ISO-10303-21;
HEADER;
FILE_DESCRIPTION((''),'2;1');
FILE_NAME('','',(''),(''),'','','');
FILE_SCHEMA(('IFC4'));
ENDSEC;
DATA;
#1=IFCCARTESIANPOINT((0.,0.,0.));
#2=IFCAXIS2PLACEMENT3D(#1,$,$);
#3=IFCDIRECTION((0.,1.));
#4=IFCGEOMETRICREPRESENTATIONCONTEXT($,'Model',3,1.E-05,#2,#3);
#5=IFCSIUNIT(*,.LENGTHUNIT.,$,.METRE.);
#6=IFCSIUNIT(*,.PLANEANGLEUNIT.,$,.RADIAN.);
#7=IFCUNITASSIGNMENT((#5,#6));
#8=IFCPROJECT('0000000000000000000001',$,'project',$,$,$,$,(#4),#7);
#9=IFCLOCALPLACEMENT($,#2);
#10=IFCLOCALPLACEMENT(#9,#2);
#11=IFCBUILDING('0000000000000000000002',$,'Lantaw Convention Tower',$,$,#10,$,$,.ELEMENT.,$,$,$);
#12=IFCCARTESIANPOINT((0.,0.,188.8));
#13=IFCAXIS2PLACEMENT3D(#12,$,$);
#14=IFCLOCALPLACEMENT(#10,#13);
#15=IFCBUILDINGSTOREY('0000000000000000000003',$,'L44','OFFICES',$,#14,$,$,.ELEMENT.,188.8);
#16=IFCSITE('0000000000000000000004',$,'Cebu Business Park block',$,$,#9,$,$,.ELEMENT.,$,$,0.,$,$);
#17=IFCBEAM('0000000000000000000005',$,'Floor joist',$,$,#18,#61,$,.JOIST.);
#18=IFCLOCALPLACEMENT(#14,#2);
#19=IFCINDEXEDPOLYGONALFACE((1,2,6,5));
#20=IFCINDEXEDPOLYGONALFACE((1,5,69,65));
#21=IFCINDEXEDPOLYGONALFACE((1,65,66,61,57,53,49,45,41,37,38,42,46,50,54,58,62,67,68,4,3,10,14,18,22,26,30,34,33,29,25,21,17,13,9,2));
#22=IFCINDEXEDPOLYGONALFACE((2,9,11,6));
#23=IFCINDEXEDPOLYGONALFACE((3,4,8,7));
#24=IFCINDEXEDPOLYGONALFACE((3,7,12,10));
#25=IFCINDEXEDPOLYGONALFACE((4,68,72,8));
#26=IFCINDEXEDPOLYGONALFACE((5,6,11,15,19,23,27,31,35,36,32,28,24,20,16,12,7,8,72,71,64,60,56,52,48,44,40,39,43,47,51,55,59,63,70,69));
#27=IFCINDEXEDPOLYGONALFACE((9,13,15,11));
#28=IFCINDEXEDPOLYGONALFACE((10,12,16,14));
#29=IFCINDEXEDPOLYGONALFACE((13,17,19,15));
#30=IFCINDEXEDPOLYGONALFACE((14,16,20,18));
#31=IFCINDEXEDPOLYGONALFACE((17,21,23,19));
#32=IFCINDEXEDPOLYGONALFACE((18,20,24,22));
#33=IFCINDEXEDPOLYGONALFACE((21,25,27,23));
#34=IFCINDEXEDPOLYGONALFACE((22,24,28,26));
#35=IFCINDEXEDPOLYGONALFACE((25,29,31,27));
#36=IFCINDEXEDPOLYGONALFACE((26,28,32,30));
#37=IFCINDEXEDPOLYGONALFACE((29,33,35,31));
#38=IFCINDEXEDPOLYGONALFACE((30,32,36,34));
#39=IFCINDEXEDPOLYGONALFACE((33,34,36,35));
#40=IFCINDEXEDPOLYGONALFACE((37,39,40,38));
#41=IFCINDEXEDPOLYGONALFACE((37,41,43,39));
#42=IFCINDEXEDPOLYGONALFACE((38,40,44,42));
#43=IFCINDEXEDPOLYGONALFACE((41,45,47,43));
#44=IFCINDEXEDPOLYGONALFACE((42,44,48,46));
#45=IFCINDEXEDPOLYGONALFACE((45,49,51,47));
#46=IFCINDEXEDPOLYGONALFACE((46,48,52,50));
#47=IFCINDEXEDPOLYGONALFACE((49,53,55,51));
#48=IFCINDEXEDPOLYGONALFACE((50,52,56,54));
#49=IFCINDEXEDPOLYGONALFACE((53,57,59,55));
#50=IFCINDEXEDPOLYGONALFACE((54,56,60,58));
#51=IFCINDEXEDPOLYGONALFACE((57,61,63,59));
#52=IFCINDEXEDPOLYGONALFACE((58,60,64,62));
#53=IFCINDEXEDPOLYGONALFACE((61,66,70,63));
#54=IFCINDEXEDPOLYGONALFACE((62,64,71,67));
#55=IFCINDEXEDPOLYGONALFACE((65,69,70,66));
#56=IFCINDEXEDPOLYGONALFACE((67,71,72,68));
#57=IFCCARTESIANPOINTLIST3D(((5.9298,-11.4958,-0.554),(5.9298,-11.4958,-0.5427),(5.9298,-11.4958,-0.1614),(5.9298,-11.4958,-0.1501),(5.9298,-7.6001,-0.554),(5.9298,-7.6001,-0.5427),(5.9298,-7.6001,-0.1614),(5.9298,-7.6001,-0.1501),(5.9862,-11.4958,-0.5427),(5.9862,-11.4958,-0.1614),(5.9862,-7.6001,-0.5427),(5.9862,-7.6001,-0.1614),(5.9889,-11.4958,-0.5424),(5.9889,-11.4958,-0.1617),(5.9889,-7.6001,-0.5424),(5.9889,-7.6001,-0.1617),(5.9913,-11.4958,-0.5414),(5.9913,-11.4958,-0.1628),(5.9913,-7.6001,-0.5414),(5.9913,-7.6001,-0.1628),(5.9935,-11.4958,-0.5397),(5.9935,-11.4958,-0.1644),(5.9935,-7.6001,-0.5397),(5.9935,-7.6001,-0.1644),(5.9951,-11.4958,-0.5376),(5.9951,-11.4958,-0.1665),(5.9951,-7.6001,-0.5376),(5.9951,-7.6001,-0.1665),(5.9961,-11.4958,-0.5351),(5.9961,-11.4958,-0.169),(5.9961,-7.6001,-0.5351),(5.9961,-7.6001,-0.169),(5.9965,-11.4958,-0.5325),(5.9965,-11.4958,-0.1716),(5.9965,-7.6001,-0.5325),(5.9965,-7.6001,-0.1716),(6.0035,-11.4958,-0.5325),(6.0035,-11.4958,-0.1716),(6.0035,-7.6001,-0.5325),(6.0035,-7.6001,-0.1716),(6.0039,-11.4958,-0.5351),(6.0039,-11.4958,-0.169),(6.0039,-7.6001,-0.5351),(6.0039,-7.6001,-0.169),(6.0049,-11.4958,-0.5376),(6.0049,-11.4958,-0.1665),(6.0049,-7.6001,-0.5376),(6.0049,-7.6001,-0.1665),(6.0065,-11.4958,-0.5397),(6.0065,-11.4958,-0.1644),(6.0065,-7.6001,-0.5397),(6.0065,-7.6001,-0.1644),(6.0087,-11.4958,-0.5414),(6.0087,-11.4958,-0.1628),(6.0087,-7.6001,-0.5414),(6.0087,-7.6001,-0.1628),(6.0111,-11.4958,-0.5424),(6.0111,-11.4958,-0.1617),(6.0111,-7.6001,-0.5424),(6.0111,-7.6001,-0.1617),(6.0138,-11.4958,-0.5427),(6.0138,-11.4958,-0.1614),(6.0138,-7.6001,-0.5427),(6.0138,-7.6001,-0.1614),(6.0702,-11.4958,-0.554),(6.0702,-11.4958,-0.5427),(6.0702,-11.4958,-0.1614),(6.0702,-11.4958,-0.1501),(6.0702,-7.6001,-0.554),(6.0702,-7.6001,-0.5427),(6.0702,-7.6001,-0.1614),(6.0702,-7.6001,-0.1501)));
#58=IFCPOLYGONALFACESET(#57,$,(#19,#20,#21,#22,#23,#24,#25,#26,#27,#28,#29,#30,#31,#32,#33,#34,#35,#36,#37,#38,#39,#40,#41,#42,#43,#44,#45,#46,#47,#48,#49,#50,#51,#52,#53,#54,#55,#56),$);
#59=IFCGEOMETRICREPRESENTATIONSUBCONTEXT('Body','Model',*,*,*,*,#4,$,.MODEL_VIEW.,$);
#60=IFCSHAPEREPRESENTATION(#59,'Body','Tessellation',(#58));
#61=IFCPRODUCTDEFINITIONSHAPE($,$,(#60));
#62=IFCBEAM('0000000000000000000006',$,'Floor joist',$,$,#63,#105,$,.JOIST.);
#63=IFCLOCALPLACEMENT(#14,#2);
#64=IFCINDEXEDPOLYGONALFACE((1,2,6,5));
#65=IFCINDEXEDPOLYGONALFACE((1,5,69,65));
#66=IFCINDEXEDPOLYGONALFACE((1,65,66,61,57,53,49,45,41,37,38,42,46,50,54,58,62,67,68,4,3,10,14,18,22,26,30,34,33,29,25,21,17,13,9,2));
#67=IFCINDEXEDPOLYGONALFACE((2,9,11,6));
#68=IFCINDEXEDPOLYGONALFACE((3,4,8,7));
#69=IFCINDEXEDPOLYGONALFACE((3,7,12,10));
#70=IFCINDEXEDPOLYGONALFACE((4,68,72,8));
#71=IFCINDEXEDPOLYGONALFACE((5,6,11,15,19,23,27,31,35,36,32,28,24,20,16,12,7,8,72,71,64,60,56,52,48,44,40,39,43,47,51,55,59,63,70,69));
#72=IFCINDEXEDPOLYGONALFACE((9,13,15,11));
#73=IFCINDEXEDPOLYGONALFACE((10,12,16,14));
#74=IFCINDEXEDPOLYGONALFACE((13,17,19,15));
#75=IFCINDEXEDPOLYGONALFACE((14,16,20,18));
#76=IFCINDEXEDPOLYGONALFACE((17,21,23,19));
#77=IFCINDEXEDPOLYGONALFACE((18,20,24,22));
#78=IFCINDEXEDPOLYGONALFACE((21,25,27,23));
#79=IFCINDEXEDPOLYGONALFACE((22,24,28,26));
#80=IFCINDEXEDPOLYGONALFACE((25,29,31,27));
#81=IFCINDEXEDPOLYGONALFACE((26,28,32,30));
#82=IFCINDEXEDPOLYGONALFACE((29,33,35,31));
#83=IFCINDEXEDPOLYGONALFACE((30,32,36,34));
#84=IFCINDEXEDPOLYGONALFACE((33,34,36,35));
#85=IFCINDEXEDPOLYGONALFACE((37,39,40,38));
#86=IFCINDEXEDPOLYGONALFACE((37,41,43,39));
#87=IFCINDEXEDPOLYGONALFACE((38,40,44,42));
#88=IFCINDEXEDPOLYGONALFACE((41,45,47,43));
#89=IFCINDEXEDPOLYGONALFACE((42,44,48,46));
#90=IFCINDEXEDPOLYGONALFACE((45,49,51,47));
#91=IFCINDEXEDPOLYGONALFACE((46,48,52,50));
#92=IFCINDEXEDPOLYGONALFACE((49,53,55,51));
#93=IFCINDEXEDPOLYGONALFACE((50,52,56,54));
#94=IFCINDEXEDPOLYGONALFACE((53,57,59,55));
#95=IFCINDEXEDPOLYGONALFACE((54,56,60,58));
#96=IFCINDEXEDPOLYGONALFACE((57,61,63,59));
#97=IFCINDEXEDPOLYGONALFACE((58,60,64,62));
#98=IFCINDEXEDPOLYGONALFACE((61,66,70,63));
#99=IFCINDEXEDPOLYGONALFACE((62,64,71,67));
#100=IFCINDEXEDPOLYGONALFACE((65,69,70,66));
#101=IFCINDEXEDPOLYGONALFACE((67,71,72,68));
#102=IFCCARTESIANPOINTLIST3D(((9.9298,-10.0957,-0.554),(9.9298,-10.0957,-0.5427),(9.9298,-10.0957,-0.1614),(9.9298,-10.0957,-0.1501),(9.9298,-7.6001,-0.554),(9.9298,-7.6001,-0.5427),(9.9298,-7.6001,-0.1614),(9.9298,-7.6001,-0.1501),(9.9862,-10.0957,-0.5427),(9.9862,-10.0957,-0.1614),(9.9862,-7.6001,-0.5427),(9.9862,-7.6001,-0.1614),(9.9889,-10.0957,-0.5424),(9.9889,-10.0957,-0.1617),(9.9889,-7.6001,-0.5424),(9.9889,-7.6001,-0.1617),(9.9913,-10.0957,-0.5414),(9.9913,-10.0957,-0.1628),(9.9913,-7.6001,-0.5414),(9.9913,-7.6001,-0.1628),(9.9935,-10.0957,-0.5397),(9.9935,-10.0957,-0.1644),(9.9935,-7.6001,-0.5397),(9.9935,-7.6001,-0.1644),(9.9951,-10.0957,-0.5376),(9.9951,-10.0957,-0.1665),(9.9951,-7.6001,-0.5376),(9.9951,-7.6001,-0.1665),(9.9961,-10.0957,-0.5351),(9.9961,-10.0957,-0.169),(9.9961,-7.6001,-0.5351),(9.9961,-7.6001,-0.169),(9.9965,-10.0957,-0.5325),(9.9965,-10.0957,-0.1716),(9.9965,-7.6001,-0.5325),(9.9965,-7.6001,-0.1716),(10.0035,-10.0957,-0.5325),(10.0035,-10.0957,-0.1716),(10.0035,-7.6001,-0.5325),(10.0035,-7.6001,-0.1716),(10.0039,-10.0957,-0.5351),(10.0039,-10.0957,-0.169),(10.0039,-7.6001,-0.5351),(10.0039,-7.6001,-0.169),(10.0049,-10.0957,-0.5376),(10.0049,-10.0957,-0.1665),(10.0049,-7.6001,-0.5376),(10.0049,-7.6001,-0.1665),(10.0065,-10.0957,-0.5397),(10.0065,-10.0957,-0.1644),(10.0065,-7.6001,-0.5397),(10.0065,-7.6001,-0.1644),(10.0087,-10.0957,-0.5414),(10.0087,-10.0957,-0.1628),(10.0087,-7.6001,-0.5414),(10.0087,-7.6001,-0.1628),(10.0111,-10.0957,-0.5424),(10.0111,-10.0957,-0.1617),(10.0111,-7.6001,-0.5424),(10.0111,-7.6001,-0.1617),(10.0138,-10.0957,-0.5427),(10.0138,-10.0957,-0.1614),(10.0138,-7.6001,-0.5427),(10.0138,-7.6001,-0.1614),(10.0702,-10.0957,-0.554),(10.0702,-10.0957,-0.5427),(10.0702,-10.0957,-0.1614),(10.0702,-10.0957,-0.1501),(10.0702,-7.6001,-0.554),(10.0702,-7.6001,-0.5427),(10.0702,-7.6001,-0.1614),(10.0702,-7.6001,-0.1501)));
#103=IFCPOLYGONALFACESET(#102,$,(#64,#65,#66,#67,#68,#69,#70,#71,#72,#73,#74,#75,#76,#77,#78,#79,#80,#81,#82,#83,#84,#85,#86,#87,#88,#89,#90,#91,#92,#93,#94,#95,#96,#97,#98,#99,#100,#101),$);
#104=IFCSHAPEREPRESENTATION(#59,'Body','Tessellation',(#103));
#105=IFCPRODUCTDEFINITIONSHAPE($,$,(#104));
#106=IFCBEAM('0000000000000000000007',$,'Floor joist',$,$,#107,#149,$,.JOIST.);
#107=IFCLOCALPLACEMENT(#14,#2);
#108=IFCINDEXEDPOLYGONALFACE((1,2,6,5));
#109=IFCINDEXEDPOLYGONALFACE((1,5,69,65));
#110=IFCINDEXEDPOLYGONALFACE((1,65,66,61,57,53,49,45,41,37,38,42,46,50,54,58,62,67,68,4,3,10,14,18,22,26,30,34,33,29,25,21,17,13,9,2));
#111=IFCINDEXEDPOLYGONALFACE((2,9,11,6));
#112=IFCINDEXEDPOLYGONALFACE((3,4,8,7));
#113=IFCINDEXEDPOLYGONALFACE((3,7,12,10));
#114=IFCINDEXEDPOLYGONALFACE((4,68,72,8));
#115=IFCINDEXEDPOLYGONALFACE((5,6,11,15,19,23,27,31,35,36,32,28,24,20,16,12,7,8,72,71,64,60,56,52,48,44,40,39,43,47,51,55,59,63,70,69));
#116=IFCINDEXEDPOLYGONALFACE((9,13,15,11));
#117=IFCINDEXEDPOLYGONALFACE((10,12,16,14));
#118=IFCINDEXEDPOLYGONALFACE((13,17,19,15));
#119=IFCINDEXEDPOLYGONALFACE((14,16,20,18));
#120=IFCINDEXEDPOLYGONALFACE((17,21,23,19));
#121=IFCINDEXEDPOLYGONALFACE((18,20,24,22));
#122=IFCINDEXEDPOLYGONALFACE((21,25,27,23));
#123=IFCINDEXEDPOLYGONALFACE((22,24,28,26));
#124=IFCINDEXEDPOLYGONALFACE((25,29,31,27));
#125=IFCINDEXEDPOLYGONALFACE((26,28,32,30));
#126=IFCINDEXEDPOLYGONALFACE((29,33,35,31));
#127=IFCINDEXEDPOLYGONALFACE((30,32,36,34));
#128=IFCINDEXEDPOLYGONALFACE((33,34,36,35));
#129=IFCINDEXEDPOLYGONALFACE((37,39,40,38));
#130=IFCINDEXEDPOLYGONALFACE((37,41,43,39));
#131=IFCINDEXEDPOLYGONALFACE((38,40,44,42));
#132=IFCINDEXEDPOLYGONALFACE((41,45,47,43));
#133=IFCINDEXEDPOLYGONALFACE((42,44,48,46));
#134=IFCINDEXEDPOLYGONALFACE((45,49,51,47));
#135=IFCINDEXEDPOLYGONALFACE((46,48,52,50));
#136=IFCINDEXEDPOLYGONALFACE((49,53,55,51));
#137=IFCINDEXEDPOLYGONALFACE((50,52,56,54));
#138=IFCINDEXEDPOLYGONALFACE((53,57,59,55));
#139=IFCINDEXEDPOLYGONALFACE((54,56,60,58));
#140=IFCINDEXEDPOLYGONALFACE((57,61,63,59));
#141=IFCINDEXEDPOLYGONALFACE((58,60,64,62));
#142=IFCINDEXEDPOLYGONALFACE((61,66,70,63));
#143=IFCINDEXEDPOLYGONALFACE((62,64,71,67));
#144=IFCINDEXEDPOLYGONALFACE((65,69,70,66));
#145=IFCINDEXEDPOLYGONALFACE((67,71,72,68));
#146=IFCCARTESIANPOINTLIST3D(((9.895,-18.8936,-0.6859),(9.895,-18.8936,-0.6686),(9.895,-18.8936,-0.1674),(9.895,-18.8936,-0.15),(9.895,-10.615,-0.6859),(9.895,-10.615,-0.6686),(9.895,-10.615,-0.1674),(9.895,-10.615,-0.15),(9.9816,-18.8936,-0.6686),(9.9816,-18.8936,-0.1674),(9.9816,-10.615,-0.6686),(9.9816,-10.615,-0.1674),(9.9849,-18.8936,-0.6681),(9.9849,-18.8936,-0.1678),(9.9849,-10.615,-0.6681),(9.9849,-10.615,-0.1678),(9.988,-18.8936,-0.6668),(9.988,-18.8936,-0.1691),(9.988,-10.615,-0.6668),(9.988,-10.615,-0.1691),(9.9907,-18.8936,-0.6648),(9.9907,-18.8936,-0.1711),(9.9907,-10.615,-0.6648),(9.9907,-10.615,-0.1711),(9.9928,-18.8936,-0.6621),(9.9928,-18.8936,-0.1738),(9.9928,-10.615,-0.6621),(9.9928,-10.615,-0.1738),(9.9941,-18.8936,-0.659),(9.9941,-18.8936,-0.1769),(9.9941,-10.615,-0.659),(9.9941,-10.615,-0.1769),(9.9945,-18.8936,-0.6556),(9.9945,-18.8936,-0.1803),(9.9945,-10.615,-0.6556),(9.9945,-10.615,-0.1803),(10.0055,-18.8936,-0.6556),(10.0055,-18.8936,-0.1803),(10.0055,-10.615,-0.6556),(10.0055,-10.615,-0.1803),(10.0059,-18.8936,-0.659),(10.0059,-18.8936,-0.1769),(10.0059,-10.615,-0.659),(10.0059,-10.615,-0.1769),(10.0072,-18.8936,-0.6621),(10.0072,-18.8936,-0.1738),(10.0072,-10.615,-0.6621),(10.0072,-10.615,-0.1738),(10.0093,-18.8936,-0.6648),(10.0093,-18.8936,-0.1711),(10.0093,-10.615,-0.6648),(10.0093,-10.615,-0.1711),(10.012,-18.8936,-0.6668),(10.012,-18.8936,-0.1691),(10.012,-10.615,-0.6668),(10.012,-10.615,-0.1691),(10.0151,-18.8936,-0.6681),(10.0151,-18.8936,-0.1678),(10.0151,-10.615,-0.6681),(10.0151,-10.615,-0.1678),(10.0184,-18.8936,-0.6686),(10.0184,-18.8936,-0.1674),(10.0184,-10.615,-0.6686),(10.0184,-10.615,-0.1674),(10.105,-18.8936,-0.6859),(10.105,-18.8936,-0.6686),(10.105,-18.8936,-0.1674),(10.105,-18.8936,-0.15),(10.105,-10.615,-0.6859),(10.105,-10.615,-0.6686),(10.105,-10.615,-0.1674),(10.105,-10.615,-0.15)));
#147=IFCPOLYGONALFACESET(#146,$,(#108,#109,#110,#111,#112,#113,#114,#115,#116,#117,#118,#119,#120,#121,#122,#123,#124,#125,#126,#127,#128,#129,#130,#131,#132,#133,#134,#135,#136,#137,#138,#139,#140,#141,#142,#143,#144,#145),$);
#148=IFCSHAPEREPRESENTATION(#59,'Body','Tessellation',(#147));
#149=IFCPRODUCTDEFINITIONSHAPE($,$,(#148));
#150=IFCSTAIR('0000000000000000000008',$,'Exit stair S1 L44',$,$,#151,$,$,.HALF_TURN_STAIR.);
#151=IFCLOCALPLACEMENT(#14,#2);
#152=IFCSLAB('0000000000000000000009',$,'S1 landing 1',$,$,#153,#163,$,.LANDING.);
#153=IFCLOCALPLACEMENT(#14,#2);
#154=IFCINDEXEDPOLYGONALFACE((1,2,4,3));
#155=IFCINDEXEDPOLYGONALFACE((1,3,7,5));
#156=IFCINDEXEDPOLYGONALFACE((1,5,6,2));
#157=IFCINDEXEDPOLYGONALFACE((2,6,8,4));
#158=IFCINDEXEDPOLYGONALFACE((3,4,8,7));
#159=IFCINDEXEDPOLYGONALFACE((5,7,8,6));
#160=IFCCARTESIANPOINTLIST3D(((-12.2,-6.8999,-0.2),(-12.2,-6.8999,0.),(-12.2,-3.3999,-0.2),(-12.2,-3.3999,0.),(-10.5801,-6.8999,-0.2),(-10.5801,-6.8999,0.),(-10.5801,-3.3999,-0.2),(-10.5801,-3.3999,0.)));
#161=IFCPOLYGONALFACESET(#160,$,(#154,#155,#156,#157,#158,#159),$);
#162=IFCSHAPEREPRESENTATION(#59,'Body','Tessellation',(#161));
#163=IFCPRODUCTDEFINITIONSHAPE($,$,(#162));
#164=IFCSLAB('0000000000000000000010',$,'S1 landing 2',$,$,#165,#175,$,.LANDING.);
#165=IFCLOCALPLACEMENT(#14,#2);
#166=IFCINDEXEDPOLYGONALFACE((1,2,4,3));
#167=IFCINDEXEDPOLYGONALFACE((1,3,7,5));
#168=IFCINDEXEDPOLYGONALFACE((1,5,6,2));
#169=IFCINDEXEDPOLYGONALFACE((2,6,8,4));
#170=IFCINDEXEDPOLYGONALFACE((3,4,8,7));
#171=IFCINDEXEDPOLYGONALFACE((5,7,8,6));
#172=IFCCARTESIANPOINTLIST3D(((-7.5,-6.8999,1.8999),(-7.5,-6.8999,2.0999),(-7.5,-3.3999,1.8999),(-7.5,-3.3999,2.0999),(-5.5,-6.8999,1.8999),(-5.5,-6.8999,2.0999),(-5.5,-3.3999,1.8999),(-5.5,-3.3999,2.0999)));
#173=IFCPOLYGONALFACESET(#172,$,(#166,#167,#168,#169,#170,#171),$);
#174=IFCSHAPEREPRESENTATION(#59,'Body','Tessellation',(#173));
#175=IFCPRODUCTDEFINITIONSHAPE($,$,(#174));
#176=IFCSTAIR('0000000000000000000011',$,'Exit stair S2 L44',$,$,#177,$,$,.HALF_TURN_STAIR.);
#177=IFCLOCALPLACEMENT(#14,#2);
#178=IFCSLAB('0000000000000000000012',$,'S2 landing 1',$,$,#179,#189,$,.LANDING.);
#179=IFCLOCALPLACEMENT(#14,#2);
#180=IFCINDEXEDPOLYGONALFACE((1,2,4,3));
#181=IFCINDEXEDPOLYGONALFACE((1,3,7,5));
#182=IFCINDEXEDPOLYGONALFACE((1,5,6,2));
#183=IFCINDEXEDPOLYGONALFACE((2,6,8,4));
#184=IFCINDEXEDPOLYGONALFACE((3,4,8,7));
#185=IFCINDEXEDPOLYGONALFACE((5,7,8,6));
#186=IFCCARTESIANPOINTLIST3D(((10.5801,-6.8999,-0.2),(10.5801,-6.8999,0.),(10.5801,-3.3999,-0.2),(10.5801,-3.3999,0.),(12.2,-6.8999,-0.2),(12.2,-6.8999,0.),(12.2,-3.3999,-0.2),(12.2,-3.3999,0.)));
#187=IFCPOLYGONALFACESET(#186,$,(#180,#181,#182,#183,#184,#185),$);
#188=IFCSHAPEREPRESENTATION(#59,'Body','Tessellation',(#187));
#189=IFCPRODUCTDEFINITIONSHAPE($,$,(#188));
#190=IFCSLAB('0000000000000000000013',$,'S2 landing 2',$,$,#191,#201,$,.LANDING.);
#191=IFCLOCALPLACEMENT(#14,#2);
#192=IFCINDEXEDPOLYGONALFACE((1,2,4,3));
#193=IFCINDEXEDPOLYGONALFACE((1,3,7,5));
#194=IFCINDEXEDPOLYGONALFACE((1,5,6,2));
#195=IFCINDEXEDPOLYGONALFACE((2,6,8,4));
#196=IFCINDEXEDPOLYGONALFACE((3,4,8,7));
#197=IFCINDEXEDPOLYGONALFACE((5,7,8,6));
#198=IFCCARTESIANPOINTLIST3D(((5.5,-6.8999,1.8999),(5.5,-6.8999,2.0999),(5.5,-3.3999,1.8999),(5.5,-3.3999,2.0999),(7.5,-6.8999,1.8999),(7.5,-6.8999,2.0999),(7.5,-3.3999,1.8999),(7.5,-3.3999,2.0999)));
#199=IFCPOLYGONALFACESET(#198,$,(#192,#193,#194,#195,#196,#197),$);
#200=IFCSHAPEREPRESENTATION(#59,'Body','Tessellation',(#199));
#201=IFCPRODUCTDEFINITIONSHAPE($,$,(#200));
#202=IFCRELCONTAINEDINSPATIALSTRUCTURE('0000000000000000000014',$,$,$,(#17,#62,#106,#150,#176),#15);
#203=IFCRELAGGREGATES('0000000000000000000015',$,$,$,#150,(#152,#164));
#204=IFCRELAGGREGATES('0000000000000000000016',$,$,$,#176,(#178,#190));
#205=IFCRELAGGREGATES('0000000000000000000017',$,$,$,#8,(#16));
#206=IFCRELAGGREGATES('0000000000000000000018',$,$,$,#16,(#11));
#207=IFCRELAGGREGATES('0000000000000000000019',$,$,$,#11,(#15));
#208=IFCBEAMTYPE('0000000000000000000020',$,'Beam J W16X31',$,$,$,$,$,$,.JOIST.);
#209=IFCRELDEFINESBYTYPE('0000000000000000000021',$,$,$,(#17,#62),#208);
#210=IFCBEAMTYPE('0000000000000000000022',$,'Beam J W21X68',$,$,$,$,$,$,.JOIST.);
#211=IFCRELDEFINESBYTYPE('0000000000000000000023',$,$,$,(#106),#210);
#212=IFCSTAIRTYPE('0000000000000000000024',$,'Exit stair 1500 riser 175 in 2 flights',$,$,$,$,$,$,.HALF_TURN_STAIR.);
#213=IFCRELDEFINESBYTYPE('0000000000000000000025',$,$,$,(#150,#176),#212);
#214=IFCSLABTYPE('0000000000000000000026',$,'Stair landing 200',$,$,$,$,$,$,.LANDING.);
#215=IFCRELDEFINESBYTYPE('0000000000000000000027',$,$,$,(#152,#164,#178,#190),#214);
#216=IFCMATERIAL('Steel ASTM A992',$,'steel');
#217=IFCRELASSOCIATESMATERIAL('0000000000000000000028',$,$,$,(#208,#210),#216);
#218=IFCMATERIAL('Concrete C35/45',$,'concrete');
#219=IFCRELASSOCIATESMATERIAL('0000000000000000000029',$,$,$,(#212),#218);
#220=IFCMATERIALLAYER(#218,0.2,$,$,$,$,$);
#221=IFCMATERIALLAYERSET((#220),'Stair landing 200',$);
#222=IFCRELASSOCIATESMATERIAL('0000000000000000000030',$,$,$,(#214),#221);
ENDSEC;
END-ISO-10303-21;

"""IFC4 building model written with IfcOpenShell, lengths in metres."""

from ifc_helpers import new_model, si_unit, direction, frame, origin, origin_2d, place, context, subcontext, project, spatial, polyline, i_section, outline, extrude, material, layer, layer_set, material_profile, profile_set, type_object, element, aggregate, save


model = new_model("IFC4")

# Units and contexts
model_context = context("Model", 3, precision=1e-05, world=origin(), true_north=direction((0.0, 1.0)))
body_context = subcontext(model_context, "Body", "Model", "MODEL_VIEW")
ifc_project = project(units=[si_unit("LENGTHUNIT", "METRE"), si_unit("PLANEANGLEUNIT", "RADIAN")], contexts=[model_context])

# Site, building, storey
site_placement = place(None, origin())
site = spatial("IfcSite", under=ifc_project, at=site_placement, Name="Cebu Business Park block", CompositionType="ELEMENT", RefElevation=0.0)
building_placement = place(site_placement, origin())
building = spatial("IfcBuilding", under=site, at=building_placement, Name="Lantaw Convention Tower", CompositionType="ELEMENT")
storey_placement = place(building_placement, frame((0.0, 0.0, 188.8)))
storey = spatial("IfcBuildingStorey", under=building, at=storey_placement, Name="L44", Description="OFFICES", CompositionType="ELEMENT", Elevation=188.8)

# Beams
ifc_material_1 = material(Name="Steel ASTM A992", Category="steel")
ifc_material_profile_1 = material_profile(ifc_material_1, i_section(OverallWidth=0.1404, OverallDepth=0.4038, WebThickness=0.0071, FlangeThickness=0.0112, FilletRadius=0.0103, at=origin_2d()), Name="W16X31")
ifc_profile_set_1 = profile_set([ifc_material_profile_1], Name="Steel ASTM A992")
beam_type_1 = type_object("IfcBeamType", Name="Beam J W16X31", PredefinedType="JOIST", material=ifc_profile_set_1)
beam_1_placement = place(storey_placement, frame((6.0, -11.4958, -0.3521), z_axis=(0.0, 1.0, 0.0), x_axis=(-1.0, 0.0, 0.0)))
element("IfcBeam", 1, at=beam_1_placement, inside=storey, type_object=beam_type_1, Name="Floor joist", PredefinedType="JOIST", context=body_context, shape_type="SweptSolid", body=[
    extrude(i_section(OverallWidth=0.1404, OverallDepth=0.4038, WebThickness=0.0071, FlangeThickness=0.0112, FilletRadius=0.0103, at=origin_2d()), origin(), (0.0, 0.0, 1.0), 3.8958),
])
beam_2_placement = place(storey_placement, frame((10.0, -10.0957, -0.3521), z_axis=(0.0, 1.0, 0.0), x_axis=(-1.0, 0.0, 0.0)))
element("IfcBeam", 2, at=beam_2_placement, inside=storey, type_object=beam_type_1, Name="Floor joist", PredefinedType="JOIST", context=body_context, shape_type="SweptSolid", body=[
    extrude(i_section(OverallWidth=0.1404, OverallDepth=0.4038, WebThickness=0.0071, FlangeThickness=0.0112, FilletRadius=0.0103, at=origin_2d()), origin(), (0.0, 0.0, 1.0), 2.4956),
])
ifc_material_profile_2 = material_profile(ifc_material_1, i_section(OverallWidth=0.21, OverallDepth=0.5359, WebThickness=0.011, FlangeThickness=0.0173, FilletRadius=0.0129, at=origin_2d()), Name="W21X68")
ifc_profile_set_2 = profile_set([ifc_material_profile_2], Name="Steel ASTM A992")
beam_type_2 = type_object("IfcBeamType", Name="Beam J W21X68", PredefinedType="JOIST", material=ifc_profile_set_2)
beam_3_placement = place(storey_placement, frame((10.0, -18.8936, -0.418), z_axis=(0.0, 1.0, 0.0), x_axis=(-1.0, 0.0, 0.0)))
element("IfcBeam", 3, at=beam_3_placement, inside=storey, type_object=beam_type_2, Name="Floor joist", PredefinedType="JOIST", context=body_context, shape_type="SweptSolid", body=[
    extrude(i_section(OverallWidth=0.21, OverallDepth=0.5359, WebThickness=0.011, FlangeThickness=0.0173, FilletRadius=0.0129, at=origin_2d()), origin(), (0.0, 0.0, 1.0), 8.2786),
])

# Stairs, slabs
ifc_material_2 = material(Name="Concrete C35/45", Category="concrete")
stair_type = type_object("IfcStairType", Name="Exit stair 1500 riser 175 in 2 flights", PredefinedType="HALF_TURN_STAIR", material=ifc_material_2)
stair_1_placement = place(storey_placement, origin())
stair_1 = element("IfcStair", 4, at=stair_1_placement, inside=storey, type_object=stair_type, Name="Exit stair S1 L44", PredefinedType="HALF_TURN_STAIR")
ifc_layer_1 = layer(ifc_material_2, 0.2)
ifc_layer_set_1 = layer_set([ifc_layer_1], Name="Stair landing 200")
slab_type = type_object("IfcSlabType", Name="Stair landing 200", PredefinedType="LANDING", material=ifc_layer_set_1)
slab_1_placement = place(storey_placement, frame((0.0, 0.0, -0.2)))
slab_1 = element("IfcSlab", 5, at=slab_1_placement, type_object=slab_type, Name="S1 landing 1", PredefinedType="LANDING", context=body_context, shape_type="SweptSolid", body=[
    extrude(outline(polyline([(-12.2, -6.8999), (-10.5801, -6.8999), (-10.5801, -3.3999), (-12.2, -3.3999), (-12.2, -6.8999)])), origin(), (0.0, 0.0, 1.0), 0.2),
])
slab_2_placement = place(storey_placement, frame((0.0, 0.0, 1.8999)))
slab_2 = element("IfcSlab", 6, at=slab_2_placement, type_object=slab_type, Name="S1 landing 2", PredefinedType="LANDING", context=body_context, shape_type="SweptSolid", body=[
    extrude(outline(polyline([(-7.5, -6.8999), (-5.5, -6.8999), (-5.5, -3.3999), (-7.5, -3.3999), (-7.5, -6.8999)])), origin(), (0.0, 0.0, 1.0), 0.2),
])
aggregate(stair_1, [slab_1, slab_2])
stair_2_placement = place(storey_placement, origin())
stair_2 = element("IfcStair", 7, at=stair_2_placement, inside=storey, type_object=stair_type, Name="Exit stair S2 L44", PredefinedType="HALF_TURN_STAIR")
slab_3_placement = place(storey_placement, frame((0.0, 0.0, -0.2)))
slab_3 = element("IfcSlab", 8, at=slab_3_placement, type_object=slab_type, Name="S2 landing 1", PredefinedType="LANDING", context=body_context, shape_type="SweptSolid", body=[
    extrude(outline(polyline([(10.5801, -6.8999), (12.2, -6.8999), (12.2, -3.3999), (10.5801, -3.3999), (10.5801, -6.8999)])), origin(), (0.0, 0.0, 1.0), 0.2),
])
slab_4_placement = place(storey_placement, frame((0.0, 0.0, 1.8999)))
slab_4 = element("IfcSlab", 9, at=slab_4_placement, type_object=slab_type, Name="S2 landing 2", PredefinedType="LANDING", context=body_context, shape_type="SweptSolid", body=[
    extrude(outline(polyline([(5.5, -6.8999), (7.5, -6.8999), (7.5, -3.3999), (5.5, -3.3999), (5.5, -6.8999)])), origin(), (0.0, 0.0, 1.0), 0.2),
])
aggregate(stair_2, [slab_3, slab_4])

save(model, "model.ifc")
